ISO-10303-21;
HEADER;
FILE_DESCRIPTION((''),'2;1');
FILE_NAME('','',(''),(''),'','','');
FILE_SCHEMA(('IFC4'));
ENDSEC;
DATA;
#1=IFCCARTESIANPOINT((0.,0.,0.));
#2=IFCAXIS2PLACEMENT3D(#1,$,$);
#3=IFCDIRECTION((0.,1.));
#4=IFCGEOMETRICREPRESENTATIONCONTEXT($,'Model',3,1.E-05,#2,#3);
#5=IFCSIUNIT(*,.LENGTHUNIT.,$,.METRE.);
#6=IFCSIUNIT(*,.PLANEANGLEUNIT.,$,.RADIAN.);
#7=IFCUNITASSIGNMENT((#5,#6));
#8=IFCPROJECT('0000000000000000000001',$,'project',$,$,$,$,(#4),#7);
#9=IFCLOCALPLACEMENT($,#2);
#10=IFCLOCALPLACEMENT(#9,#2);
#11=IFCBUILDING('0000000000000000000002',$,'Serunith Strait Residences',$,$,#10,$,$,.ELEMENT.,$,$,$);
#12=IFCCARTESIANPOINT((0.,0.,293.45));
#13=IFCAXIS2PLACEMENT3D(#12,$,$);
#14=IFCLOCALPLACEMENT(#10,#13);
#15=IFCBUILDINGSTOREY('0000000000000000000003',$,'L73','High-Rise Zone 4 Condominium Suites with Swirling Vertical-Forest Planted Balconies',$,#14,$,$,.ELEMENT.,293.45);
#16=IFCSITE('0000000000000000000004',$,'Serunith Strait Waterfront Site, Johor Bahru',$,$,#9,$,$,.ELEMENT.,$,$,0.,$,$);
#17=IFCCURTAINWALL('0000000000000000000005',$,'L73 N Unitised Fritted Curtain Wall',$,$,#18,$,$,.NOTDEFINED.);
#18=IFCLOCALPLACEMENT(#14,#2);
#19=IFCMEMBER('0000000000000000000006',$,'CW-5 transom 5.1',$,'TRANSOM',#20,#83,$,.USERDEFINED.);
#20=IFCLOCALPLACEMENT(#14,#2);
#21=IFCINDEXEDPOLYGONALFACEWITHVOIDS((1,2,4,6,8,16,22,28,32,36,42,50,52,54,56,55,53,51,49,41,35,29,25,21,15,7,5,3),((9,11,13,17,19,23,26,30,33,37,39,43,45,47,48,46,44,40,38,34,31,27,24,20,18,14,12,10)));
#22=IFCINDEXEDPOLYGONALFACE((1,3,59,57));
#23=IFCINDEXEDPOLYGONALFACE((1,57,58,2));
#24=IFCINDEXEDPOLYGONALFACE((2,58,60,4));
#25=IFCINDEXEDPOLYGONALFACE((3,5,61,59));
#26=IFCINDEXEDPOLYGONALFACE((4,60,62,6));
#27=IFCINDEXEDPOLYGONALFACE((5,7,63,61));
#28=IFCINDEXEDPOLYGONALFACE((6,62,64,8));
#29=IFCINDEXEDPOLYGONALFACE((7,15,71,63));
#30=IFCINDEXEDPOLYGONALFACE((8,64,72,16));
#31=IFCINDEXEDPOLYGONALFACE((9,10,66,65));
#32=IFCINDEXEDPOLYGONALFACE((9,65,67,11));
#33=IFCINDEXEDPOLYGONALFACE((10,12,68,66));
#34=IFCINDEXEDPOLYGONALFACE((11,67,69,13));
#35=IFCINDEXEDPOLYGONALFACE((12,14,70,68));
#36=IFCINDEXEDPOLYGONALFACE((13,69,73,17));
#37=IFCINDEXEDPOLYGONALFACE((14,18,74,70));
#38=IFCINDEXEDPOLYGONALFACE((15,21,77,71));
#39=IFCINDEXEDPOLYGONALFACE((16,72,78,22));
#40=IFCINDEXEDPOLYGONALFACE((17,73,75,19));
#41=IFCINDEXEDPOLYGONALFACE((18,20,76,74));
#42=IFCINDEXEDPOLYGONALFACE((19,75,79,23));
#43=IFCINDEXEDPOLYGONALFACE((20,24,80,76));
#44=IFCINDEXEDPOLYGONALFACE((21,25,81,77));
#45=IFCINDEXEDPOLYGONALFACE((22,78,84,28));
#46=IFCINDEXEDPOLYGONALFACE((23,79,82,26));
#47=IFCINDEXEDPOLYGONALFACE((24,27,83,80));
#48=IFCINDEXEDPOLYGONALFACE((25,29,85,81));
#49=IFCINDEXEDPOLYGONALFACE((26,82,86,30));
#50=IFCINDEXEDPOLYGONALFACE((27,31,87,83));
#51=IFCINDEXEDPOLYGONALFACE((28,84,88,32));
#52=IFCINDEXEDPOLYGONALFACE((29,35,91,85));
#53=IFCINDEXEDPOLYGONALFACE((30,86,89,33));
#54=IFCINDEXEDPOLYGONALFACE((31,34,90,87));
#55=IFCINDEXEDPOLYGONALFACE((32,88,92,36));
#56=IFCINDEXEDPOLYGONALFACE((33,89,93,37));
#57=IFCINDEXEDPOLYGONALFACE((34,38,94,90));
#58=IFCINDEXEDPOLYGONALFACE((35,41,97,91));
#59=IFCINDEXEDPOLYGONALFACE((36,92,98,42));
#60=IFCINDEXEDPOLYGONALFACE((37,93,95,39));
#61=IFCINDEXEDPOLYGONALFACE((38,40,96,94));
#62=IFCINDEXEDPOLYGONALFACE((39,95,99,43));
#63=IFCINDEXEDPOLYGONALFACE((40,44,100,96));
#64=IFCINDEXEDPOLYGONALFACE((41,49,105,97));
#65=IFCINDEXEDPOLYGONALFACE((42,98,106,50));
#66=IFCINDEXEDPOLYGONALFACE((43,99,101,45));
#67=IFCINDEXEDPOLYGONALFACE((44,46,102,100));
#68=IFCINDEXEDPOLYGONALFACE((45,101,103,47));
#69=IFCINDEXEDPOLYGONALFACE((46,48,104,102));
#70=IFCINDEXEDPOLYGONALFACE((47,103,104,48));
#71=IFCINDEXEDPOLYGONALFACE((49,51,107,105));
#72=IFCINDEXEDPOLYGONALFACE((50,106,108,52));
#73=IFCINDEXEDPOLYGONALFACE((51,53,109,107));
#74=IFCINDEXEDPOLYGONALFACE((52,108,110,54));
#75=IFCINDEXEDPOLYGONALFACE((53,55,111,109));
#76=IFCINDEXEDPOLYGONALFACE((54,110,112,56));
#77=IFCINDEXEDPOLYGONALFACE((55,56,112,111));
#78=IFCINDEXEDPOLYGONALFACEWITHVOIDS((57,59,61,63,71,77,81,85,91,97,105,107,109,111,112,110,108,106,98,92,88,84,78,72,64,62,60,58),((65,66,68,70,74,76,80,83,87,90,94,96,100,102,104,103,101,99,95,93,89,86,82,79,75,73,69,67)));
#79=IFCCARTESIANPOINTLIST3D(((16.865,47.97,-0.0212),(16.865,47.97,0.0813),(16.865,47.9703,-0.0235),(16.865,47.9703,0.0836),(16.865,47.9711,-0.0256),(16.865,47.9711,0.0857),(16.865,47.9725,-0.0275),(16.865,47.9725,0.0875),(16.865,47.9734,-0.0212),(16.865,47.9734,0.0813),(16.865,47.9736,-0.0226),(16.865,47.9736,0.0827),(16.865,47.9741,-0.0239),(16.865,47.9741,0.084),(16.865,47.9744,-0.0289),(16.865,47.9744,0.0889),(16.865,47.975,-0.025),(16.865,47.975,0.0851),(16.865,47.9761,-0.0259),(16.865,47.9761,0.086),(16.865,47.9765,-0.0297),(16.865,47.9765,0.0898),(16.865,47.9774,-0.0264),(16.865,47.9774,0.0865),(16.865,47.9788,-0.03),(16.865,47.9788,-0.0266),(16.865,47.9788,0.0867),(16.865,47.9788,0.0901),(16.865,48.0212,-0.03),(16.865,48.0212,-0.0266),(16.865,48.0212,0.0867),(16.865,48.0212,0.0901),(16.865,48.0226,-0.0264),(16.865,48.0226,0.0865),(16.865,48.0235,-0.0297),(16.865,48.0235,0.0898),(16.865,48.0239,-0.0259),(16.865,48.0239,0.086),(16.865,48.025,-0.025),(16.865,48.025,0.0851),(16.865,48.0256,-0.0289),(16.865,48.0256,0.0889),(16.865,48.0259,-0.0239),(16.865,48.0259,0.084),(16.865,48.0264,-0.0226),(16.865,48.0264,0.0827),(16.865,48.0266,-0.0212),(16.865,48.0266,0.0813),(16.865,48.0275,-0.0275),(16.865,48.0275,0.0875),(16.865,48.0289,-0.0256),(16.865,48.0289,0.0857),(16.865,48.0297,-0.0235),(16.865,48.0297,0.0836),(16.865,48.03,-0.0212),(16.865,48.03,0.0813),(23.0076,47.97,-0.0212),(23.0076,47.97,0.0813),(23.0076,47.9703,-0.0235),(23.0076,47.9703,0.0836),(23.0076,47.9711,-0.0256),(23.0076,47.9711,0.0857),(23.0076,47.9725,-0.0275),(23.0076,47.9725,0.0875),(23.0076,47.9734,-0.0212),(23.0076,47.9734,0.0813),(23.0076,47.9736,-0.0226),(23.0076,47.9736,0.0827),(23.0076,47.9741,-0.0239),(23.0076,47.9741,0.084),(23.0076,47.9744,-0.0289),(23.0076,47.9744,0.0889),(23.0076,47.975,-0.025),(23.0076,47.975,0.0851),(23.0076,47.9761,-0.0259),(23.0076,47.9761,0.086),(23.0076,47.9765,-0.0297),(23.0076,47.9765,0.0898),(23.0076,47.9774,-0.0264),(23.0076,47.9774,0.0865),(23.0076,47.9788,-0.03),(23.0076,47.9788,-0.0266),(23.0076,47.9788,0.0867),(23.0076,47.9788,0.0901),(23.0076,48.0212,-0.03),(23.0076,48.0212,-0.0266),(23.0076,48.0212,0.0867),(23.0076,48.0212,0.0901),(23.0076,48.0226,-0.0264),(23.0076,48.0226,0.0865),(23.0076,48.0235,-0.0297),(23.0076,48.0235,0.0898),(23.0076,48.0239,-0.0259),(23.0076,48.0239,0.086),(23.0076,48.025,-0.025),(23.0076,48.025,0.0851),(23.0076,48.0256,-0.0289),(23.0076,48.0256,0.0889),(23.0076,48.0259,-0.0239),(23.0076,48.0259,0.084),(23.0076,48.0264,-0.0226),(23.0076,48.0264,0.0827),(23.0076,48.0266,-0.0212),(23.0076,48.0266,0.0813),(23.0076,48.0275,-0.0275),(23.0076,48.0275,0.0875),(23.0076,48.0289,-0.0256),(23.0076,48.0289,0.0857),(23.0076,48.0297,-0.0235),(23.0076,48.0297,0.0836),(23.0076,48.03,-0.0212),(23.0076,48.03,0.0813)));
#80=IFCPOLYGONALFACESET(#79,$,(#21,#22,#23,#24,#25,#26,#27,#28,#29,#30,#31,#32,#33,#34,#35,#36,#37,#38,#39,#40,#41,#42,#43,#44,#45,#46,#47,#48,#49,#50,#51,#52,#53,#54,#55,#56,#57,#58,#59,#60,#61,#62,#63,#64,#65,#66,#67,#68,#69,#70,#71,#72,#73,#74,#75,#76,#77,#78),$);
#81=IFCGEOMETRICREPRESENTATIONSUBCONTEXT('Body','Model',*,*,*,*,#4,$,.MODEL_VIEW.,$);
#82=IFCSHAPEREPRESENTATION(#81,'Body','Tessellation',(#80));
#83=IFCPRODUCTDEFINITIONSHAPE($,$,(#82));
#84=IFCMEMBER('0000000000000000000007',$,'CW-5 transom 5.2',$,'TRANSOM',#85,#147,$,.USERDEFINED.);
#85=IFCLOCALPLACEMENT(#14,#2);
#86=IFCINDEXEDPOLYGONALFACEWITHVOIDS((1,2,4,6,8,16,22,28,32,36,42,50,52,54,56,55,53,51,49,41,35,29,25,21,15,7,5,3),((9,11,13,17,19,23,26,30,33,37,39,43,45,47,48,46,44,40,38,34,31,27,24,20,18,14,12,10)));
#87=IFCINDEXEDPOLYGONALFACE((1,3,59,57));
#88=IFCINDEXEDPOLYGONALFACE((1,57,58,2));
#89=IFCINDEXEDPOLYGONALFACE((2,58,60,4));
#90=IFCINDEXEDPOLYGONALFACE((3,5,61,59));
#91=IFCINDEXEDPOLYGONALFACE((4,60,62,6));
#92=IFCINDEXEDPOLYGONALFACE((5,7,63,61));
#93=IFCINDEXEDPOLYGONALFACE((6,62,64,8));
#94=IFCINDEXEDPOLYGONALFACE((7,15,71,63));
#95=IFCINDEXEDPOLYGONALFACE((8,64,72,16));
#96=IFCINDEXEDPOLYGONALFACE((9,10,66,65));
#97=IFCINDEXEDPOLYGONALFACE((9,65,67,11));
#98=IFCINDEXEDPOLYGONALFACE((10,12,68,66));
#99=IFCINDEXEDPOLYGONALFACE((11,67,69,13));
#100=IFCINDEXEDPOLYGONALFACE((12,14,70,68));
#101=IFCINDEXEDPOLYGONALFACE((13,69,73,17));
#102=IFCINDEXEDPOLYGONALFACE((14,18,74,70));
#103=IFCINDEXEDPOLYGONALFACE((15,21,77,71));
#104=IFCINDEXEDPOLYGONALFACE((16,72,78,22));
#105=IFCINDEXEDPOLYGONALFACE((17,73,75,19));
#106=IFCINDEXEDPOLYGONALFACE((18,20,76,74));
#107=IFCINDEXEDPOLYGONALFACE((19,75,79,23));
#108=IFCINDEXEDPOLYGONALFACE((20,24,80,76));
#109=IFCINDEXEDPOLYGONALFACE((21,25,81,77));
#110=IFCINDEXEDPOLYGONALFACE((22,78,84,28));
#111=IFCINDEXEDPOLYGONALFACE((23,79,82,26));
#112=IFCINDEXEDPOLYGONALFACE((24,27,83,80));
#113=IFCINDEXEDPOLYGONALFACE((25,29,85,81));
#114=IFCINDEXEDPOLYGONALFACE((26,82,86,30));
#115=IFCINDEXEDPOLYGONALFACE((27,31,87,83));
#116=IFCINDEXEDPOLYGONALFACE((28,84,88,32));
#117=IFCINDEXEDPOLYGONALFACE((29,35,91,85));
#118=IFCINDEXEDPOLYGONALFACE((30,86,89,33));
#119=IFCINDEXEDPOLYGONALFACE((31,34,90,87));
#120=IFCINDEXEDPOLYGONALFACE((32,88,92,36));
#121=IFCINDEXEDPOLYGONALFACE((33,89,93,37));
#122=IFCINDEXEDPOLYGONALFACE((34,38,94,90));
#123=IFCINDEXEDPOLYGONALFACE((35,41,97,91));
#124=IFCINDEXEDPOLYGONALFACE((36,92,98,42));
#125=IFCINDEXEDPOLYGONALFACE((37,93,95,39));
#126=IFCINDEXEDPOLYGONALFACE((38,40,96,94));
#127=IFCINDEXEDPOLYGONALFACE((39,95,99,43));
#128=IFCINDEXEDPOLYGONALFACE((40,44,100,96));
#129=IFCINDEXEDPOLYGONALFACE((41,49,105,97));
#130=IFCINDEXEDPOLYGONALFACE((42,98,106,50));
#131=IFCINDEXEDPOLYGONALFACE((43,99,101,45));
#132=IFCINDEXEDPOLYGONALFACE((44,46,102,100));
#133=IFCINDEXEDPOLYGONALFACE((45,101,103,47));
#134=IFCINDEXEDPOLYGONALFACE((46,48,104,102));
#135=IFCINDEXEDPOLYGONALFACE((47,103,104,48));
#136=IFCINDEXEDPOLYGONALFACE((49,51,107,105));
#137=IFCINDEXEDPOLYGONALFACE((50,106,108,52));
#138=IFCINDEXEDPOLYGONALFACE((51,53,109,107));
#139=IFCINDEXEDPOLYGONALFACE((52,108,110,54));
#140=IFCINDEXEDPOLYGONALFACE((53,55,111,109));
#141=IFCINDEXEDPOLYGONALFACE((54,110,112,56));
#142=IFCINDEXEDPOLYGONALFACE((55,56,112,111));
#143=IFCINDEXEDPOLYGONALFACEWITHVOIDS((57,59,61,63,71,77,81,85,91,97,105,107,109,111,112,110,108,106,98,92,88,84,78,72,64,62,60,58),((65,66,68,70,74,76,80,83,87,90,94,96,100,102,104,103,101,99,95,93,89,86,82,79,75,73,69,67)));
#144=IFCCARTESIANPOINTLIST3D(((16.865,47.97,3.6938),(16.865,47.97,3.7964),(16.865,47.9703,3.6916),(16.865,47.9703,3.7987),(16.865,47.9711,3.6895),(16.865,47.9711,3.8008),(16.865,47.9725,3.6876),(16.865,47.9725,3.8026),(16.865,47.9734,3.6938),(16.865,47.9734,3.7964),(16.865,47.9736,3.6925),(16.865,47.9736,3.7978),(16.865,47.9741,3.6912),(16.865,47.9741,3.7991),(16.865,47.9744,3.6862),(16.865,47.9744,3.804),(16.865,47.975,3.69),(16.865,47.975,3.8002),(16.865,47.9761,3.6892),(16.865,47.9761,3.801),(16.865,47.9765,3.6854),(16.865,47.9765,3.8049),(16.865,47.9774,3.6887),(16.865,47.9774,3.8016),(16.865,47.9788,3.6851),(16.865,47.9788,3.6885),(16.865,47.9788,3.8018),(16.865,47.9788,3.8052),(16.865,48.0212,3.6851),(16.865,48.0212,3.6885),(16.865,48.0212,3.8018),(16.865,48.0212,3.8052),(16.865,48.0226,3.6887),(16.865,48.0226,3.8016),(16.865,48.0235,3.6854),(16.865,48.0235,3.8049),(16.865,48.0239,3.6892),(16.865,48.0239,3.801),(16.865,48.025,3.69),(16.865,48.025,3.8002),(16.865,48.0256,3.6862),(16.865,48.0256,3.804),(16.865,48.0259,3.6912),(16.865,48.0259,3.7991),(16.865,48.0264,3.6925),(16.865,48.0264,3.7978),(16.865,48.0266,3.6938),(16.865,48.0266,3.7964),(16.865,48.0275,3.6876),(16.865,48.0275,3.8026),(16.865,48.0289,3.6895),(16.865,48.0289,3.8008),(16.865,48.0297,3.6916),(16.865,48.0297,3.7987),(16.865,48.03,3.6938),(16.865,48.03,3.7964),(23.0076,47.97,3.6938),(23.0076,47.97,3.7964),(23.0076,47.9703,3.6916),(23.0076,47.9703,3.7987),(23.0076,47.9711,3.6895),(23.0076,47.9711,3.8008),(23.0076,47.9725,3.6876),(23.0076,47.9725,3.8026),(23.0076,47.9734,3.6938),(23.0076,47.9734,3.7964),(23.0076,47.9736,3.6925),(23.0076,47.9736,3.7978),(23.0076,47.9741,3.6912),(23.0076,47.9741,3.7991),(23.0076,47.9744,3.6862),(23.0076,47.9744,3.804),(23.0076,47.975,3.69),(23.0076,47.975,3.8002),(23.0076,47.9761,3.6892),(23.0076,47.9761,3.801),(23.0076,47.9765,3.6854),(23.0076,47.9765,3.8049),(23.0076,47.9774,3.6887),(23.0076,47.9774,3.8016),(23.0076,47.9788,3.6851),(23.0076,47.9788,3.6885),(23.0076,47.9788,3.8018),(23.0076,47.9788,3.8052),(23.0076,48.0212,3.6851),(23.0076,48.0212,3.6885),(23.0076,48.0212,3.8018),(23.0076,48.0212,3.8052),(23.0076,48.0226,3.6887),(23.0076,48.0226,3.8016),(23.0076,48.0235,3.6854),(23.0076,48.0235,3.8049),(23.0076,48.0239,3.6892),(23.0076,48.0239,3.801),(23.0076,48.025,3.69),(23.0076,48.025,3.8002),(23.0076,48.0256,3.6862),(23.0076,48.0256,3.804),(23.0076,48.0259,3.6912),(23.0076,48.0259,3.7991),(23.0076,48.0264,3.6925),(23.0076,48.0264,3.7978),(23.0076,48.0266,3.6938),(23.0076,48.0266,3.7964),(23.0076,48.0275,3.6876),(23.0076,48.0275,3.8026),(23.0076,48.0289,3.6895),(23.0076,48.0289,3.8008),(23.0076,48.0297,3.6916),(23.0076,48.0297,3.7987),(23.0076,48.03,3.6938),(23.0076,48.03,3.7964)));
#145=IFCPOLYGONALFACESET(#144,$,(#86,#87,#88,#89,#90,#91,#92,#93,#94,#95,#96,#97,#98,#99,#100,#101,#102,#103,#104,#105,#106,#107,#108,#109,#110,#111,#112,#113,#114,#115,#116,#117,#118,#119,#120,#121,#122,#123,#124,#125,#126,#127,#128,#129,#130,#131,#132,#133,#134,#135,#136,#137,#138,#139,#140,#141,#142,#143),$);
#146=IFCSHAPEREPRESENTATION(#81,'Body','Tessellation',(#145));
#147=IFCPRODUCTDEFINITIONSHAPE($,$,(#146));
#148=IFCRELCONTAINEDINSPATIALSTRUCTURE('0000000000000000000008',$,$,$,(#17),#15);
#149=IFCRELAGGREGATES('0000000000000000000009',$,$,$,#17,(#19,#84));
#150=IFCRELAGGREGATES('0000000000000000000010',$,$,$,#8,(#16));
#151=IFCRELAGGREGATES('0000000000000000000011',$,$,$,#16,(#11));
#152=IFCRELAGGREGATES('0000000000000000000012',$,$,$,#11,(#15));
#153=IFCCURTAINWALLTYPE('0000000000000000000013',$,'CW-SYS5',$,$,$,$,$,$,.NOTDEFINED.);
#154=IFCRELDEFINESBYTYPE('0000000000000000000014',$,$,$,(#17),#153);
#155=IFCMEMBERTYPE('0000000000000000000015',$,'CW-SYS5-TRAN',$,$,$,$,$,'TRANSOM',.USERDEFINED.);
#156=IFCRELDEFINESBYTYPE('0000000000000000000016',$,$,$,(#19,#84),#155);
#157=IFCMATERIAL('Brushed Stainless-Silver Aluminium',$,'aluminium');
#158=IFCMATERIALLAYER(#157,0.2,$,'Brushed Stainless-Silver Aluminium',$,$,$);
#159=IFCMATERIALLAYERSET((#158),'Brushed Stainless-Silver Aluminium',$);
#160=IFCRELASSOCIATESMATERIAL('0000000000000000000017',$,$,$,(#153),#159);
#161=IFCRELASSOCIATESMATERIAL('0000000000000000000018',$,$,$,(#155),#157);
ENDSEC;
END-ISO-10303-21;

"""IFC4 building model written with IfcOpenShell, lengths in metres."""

from ifc_helpers import new_model, si_unit, direction, frame, origin, origin_2d, place, context, subcontext, project, spatial, hollow_rectangle, extrude, source, transform, mapped, material, layer, layer_set, material_profile, profile_set, type_object, element, aggregate, save


model = new_model("IFC4")

# Units and contexts
model_context = context("Model", 3, precision=1e-05, world=origin(), true_north=direction((0.0, 1.0)))
body_context = subcontext(model_context, "Body", "Model", "MODEL_VIEW")
ifc_project = project(units=[si_unit("LENGTHUNIT", "METRE"), si_unit("PLANEANGLEUNIT", "RADIAN")], contexts=[model_context])

# Site, building, storey
site_placement = place(None, origin())
site = spatial("IfcSite", under=ifc_project, at=site_placement, Name="Serunith Strait Waterfront Site, Johor Bahru", CompositionType="ELEMENT", RefElevation=0.0)
building_placement = place(site_placement, origin())
building = spatial("IfcBuilding", under=site, at=building_placement, Name="Serunith Strait Residences", CompositionType="ELEMENT")
storey_placement = place(building_placement, frame((0.0, 0.0, 293.45)))
storey = spatial("IfcBuildingStorey", under=building, at=storey_placement, Name="L73", Description="High-Rise Zone 4 Condominium Suites with Swirling Vertical-Forest Planted Balconies", CompositionType="ELEMENT", Elevation=293.45)

# Curtain wall, members
ifc_material_1 = material(Name="Brushed Stainless-Silver Aluminium", Category="aluminium")
ifc_layer_1 = layer(ifc_material_1, 0.2, Name="Brushed Stainless-Silver Aluminium")
ifc_layer_set_1 = layer_set([ifc_layer_1], Name="Brushed Stainless-Silver Aluminium")
curtain_wall_type = type_object("IfcCurtainWallType", Name="CW-SYS5", PredefinedType="NOTDEFINED", material=ifc_layer_set_1)
curtain_wall_placement = place(storey_placement, origin())
curtain_wall = element("IfcCurtainWall", 1, at=curtain_wall_placement, inside=storey, type_object=curtain_wall_type, Name="L73 N Unitised Fritted Curtain Wall", PredefinedType="NOTDEFINED")
ifc_material_profile_1 = material_profile(ifc_material_1, hollow_rectangle(XDim=0.0601, YDim=0.1201, WallThickness=0.0034, InnerFilletRadius=0.0054, OuterFilletRadius=0.0088, at=origin_2d()), Name="ALU 120x60x3.5")
ifc_profile_set_1 = profile_set([ifc_material_profile_1], Name="Brushed Stainless-Silver Aluminium")
member_type_1 = type_object("IfcMemberType", Name="CW-SYS5-TRAN", ElementType="TRANSOM", PredefinedType="USERDEFINED", material=ifc_profile_set_1)
shared_shape_1 = source(origin(), body_context, "Body", "SweptSolid", [
    extrude(hollow_rectangle(XDim=0.0601, YDim=0.1201, WallThickness=0.0034, InnerFilletRadius=0.0054, OuterFilletRadius=0.0088, at=origin_2d()), origin(), (0.0, 0.0, 1.0), 6.1426),
])
member_1_placement = place(storey_placement, frame((23.0076, 48.0, 0.03), z_axis=(-1.0, 0.0, 0.0), x_axis=(0.0, -1.0, 0.0)))
member_1 = element("IfcMember", 2, at=member_1_placement, type_object=member_type_1, Name="CW-5 transom 5.1", ObjectType="TRANSOM", PredefinedType="USERDEFINED", context=body_context, shape_type="MappedRepresentation", body=[
    mapped(shared_shape_1, transform((0.0, 0.0, 0.0), scale=1.0)),
])
member_2_placement = place(storey_placement, frame((23.0076, 48.0, 3.7451), z_axis=(-1.0, 0.0, 0.0), x_axis=(0.0, -1.0, 0.0)))
member_2 = element("IfcMember", 3, at=member_2_placement, type_object=member_type_1, Name="CW-5 transom 5.2", ObjectType="TRANSOM", PredefinedType="USERDEFINED", context=body_context, shape_type="MappedRepresentation", body=[
    mapped(shared_shape_1, transform((0.0, 0.0, 0.0), scale=1.0)),
])
aggregate(curtain_wall, [member_1, member_2])

save(model, "model.ifc")
